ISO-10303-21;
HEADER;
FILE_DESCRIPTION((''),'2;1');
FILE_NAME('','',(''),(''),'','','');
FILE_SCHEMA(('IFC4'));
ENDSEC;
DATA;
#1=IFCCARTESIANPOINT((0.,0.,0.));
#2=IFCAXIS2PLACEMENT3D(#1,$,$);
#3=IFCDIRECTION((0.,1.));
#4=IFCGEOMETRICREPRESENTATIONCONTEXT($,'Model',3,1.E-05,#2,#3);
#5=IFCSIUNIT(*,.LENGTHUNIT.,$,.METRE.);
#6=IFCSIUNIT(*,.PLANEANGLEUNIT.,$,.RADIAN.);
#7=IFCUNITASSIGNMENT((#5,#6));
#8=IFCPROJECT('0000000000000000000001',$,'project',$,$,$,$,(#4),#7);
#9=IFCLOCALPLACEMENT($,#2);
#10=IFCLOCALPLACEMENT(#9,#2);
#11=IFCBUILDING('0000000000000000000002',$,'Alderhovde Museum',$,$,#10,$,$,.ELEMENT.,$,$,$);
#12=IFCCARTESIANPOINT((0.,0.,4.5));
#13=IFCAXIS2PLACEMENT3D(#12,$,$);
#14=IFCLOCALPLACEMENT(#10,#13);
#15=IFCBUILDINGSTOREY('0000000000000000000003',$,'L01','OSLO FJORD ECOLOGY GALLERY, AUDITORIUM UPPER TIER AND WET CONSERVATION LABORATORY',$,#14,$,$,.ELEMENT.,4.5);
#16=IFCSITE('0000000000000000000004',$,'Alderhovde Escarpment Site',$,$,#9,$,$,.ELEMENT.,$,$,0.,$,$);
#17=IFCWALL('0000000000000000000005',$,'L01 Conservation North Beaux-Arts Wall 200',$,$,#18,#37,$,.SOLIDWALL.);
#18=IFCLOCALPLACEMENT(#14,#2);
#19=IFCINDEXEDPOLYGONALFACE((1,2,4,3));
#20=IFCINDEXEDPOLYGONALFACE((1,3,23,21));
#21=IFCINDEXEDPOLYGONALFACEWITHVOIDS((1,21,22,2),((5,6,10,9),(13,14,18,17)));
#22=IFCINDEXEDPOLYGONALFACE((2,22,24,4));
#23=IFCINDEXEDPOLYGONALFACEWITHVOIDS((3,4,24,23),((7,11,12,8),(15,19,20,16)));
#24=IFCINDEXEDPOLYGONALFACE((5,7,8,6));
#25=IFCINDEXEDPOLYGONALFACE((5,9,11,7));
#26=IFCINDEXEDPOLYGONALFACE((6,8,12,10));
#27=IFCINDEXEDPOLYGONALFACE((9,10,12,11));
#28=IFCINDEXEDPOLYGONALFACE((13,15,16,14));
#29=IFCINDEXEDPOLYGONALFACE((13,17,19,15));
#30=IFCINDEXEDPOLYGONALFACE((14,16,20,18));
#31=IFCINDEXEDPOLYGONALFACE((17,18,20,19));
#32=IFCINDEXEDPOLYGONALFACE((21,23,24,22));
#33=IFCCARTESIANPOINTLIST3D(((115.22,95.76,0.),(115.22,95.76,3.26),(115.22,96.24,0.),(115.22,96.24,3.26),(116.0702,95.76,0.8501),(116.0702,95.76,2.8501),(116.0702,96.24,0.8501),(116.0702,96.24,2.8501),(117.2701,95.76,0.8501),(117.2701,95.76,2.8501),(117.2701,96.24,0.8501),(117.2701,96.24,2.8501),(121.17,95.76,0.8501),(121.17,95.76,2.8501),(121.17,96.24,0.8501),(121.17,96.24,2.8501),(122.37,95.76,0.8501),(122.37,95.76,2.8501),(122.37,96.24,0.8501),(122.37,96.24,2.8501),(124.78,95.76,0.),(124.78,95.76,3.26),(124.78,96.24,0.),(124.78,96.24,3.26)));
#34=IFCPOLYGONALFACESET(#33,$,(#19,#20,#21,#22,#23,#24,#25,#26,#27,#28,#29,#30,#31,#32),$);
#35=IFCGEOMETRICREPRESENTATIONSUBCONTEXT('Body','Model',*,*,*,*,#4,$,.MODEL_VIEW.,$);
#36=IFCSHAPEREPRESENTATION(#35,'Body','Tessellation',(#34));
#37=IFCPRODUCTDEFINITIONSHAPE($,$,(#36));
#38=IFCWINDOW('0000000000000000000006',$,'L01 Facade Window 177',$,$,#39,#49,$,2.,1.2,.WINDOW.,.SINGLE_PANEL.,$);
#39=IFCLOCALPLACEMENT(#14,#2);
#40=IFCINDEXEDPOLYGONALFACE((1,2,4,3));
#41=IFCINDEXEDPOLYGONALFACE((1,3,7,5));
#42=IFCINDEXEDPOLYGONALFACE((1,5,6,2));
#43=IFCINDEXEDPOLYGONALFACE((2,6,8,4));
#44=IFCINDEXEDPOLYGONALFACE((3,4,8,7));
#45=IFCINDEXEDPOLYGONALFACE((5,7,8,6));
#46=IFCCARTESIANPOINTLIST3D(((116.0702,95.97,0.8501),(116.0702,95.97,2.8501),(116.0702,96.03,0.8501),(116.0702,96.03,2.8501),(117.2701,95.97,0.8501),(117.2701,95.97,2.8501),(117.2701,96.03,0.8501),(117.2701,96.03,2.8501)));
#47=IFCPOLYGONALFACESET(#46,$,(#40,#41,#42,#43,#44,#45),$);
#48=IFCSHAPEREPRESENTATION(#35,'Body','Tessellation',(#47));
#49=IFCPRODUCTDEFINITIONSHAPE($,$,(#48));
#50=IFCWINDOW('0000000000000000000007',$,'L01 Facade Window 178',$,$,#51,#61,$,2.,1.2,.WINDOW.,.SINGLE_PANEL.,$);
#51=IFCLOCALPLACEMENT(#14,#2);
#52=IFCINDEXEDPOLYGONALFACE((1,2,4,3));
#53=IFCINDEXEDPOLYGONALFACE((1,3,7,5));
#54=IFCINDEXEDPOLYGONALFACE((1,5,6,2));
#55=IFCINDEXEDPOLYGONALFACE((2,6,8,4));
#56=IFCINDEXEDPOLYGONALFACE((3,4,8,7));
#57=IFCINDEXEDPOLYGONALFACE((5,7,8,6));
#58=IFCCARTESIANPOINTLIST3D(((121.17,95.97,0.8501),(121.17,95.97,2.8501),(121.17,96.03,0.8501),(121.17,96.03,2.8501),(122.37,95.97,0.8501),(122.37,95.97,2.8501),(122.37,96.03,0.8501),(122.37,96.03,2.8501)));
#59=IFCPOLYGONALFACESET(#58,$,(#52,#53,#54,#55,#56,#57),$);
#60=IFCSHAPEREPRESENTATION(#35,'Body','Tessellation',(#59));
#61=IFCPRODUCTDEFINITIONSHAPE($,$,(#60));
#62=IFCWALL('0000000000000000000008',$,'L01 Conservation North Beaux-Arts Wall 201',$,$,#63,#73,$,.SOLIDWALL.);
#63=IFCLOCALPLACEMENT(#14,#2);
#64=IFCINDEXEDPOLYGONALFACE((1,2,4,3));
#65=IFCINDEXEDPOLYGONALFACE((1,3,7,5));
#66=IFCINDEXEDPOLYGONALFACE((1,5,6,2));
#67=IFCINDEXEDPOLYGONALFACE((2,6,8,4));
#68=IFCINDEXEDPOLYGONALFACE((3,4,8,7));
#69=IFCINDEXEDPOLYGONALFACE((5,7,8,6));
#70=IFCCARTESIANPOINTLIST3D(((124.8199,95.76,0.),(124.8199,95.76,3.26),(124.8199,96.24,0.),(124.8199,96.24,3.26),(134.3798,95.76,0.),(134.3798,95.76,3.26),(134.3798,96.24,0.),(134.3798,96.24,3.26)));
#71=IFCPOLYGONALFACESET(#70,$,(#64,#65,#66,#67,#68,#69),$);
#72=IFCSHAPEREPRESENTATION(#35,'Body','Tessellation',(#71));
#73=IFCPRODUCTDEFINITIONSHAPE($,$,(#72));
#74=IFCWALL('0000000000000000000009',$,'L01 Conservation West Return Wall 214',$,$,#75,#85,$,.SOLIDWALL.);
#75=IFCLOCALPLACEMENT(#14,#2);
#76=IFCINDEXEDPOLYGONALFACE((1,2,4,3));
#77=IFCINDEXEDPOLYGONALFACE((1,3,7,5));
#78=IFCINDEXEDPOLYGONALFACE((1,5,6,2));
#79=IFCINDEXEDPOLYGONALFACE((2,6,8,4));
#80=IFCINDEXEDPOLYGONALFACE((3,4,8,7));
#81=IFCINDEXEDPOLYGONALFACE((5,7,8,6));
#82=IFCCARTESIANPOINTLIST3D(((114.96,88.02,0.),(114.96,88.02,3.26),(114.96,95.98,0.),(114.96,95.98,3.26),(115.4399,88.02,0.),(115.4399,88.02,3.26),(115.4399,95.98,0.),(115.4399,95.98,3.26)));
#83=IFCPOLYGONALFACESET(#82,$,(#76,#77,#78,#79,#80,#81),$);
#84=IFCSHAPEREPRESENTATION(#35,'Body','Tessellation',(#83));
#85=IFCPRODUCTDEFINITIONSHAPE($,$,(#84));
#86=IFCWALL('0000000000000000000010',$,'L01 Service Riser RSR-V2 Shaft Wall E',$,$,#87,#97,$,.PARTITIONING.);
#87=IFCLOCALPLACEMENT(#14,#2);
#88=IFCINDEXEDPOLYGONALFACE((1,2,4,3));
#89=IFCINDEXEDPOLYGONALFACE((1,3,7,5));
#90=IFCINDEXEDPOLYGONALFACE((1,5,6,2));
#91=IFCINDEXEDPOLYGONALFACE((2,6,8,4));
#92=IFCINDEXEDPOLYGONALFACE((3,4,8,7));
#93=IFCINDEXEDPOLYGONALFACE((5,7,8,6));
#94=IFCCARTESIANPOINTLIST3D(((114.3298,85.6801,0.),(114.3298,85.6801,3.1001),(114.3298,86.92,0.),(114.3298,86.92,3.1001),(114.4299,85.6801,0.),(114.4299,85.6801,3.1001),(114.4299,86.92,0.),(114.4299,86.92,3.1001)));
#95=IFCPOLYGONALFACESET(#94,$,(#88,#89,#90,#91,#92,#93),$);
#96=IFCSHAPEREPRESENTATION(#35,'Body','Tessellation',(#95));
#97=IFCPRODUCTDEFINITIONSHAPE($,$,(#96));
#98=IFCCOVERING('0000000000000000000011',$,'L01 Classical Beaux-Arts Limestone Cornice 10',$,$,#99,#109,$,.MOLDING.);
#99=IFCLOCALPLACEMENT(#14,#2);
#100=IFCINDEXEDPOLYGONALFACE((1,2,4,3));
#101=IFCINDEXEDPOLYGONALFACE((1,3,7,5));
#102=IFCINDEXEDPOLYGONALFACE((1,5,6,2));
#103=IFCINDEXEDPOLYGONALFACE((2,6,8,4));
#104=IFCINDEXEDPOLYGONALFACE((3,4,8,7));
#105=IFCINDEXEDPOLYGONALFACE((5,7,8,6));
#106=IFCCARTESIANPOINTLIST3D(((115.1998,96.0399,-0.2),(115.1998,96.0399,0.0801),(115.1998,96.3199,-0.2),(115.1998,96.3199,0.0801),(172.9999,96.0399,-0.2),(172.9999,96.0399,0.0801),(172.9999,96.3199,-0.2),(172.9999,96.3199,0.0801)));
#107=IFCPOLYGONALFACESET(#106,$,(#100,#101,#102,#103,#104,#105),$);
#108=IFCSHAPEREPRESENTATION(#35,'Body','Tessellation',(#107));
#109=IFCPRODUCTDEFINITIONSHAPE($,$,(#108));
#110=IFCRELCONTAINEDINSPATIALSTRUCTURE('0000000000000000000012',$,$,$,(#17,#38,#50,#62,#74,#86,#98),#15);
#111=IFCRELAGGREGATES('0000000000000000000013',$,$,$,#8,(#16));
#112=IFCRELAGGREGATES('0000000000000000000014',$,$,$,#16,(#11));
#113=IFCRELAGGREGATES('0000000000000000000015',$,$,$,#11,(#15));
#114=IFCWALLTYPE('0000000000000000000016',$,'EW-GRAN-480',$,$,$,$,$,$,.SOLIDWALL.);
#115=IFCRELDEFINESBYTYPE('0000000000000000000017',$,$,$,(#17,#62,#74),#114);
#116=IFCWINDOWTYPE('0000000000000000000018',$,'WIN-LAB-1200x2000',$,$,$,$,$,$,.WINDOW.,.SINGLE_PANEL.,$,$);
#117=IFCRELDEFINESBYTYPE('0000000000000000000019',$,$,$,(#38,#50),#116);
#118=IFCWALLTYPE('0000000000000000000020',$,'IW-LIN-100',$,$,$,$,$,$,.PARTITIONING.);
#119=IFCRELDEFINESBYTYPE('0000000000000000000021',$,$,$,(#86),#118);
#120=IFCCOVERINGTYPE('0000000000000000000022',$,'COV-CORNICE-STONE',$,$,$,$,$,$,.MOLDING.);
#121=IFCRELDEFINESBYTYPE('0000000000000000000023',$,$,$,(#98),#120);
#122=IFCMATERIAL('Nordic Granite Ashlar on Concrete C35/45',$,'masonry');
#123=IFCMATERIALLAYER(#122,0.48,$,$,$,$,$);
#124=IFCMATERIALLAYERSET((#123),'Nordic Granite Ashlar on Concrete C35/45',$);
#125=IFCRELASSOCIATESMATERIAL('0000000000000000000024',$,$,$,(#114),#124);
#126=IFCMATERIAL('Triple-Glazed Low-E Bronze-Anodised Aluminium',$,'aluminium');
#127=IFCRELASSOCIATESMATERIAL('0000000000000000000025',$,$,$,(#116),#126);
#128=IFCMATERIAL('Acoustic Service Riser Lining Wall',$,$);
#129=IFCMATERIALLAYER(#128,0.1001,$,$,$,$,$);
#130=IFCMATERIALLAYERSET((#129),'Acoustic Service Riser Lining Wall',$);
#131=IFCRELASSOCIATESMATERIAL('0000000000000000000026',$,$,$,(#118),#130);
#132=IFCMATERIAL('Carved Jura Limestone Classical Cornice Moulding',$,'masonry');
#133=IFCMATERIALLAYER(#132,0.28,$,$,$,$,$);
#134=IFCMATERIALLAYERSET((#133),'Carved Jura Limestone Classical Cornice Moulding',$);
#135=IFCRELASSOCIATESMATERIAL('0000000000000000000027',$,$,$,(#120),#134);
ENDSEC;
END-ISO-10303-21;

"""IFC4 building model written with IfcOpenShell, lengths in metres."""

from ifc_helpers import new_model, si_unit, direction, frame, frame_2d, origin, place, context, subcontext, project, spatial, rectangle, extrude, material, layer, layer_set, type_object, element, fill, save


model = new_model("IFC4")

# Units and contexts
model_context = context("Model", 3, precision=1e-05, world=origin(), true_north=direction((0.0, 1.0)))
body_context = subcontext(model_context, "Body", "Model", "MODEL_VIEW")
ifc_project = project(units=[si_unit("LENGTHUNIT", "METRE"), si_unit("PLANEANGLEUNIT", "RADIAN")], contexts=[model_context])

# Site, building, storey
site_placement = place(None, origin())
site = spatial("IfcSite", under=ifc_project, at=site_placement, Name="Alderhovde Escarpment Site", CompositionType="ELEMENT", RefElevation=0.0)
building_placement = place(site_placement, origin())
building = spatial("IfcBuilding", under=site, at=building_placement, Name="Alderhovde Museum", CompositionType="ELEMENT")
storey_placement = place(building_placement, frame((0.0, 0.0, 4.5)))
storey = spatial("IfcBuildingStorey", under=building, at=storey_placement, Name="L01", Description="OSLO FJORD ECOLOGY GALLERY, AUDITORIUM UPPER TIER AND WET CONSERVATION LABORATORY", CompositionType="ELEMENT", Elevation=4.5)

# Wall, openings, windows
ifc_material_1 = material(Name="Nordic Granite Ashlar on Concrete C35/45", Category="masonry")
ifc_layer_1 = layer(ifc_material_1, 0.48)
ifc_layer_set_1 = layer_set([ifc_layer_1], Name="Nordic Granite Ashlar on Concrete C35/45")
wall_type_1 = type_object("IfcWallType", Name="EW-GRAN-480", PredefinedType="SOLIDWALL", material=ifc_layer_set_1)
wall_1_placement = place(storey_placement, frame((115.22, 96.0, 0.0), z_axis=(0.0, 0.0, 1.0), x_axis=(1.0, 0.0, 0.0)))
wall_1 = element("IfcWall", 1, at=wall_1_placement, inside=storey, type_object=wall_type_1, Name="L01 Conservation North Beaux-Arts Wall 200", PredefinedType="SOLIDWALL", context=body_context, shape_type="SweptSolid", body=[
    extrude(rectangle(XDim=9.5601, YDim=0.48, at=frame_2d((4.78, 0.0))), origin(), (0.0, 0.0, 1.0), 3.26),
])
opening_1_placement = place(wall_1_placement, frame((0.8501, 0.0, 0.8501)))
opening_1 = element("IfcOpeningElement", 2, at=opening_1_placement, cuts=wall_1, PredefinedType="OPENING", context=body_context, shape_type="SweptSolid", body=[
    extrude(rectangle(XDim=1.2, YDim=2.0, at=frame_2d((0.6001, 1.0))), frame((0.0, 0.25, 0.0), z_axis=(0.0, -1.0, 0.0), x_axis=(1.0, 0.0, 0.0)), (0.0, 0.0, 1.0), 0.5),
])
opening_2_placement = place(wall_1_placement, frame((5.95, 0.0, 0.8501)))
opening_2 = element("IfcOpeningElement", 3, at=opening_2_placement, cuts=wall_1, PredefinedType="OPENING", context=body_context, shape_type="SweptSolid", body=[
    extrude(rectangle(XDim=1.2, YDim=2.0, at=frame_2d((0.6001, 1.0))), frame((0.0, 0.25, 0.0), z_axis=(0.0, -1.0, 0.0), x_axis=(1.0, 0.0, 0.0)), (0.0, 0.0, 1.0), 0.5),
])
ifc_material_2 = material(Name="Triple-Glazed Low-E Bronze-Anodised Aluminium", Category="aluminium")
window_type = type_object("IfcWindowType", Name="WIN-LAB-1200x2000", PartitioningType="SINGLE_PANEL", PredefinedType="WINDOW", material=ifc_material_2)
window_1_placement = place(opening_1_placement, origin())
window_1 = element("IfcWindow", 4, at=window_1_placement, inside=storey, type_object=window_type, Name="L01 Facade Window 177", OverallHeight=2.0, OverallWidth=1.2, PartitioningType="SINGLE_PANEL", PredefinedType="WINDOW", context=body_context, shape_type="SweptSolid", body=[
    extrude(rectangle(XDim=1.2, YDim=2.0, at=frame_2d((0.6001, 1.0))), frame((0.0, 0.03, 0.0), z_axis=(0.0, -1.0, 0.0), x_axis=(1.0, 0.0, 0.0)), (0.0, 0.0, 1.0), 0.0601),
])
fill(opening_1, window_1)
window_2_placement = place(opening_2_placement, origin())
window_2 = element("IfcWindow", 5, at=window_2_placement, inside=storey, type_object=window_type, Name="L01 Facade Window 178", OverallHeight=2.0, OverallWidth=1.2, PartitioningType="SINGLE_PANEL", PredefinedType="WINDOW", context=body_context, shape_type="SweptSolid", body=[
    extrude(rectangle(XDim=1.2, YDim=2.0, at=frame_2d((0.6001, 1.0))), frame((0.0, 0.03, 0.0), z_axis=(0.0, -1.0, 0.0), x_axis=(1.0, 0.0, 0.0)), (0.0, 0.0, 1.0), 0.0601),
])
fill(opening_2, window_2)

# Walls
wall_2_placement = place(storey_placement, frame((124.8201, 96.0, 0.0), z_axis=(0.0, 0.0, 1.0), x_axis=(1.0, 0.0, 0.0)))
element("IfcWall", 6, at=wall_2_placement, inside=storey, type_object=wall_type_1, Name="L01 Conservation North Beaux-Arts Wall 201", PredefinedType="SOLIDWALL", context=body_context, shape_type="SweptSolid", body=[
    extrude(rectangle(XDim=9.5598, YDim=0.48, at=frame_2d((4.7798, 0.0))), origin(), (0.0, 0.0, 1.0), 3.26),
])
wall_3_placement = place(storey_placement, frame((115.2, 88.02, 0.0), z_axis=(0.0, 0.0, 1.0), x_axis=(0.0, 1.0, 0.0)))
element("IfcWall", 7, at=wall_3_placement, inside=storey, type_object=wall_type_1, Name="L01 Conservation West Return Wall 214", PredefinedType="SOLIDWALL", context=body_context, shape_type="SweptSolid", body=[
    extrude(rectangle(XDim=7.96, YDim=0.48, at=frame_2d((3.98, 0.0))), origin(), (0.0, 0.0, 1.0), 3.26),
])
ifc_material_3 = material(Name="Acoustic Service Riser Lining Wall")
ifc_layer_2 = layer(ifc_material_3, 0.1001)
ifc_layer_set_2 = layer_set([ifc_layer_2], Name="Acoustic Service Riser Lining Wall")
wall_type_2 = type_object("IfcWallType", Name="IW-LIN-100", PredefinedType="PARTITIONING", material=ifc_layer_set_2)
wall_4_placement = place(storey_placement, frame((114.3799, 85.6799, 0.0), z_axis=(0.0, 0.0, 1.0), x_axis=(0.0, 1.0, 0.0)))
element("IfcWall", 8, at=wall_4_placement, inside=storey, type_object=wall_type_2, Name="L01 Service Riser RSR-V2 Shaft Wall E", PredefinedType="PARTITIONING", context=body_context, shape_type="SweptSolid", body=[
    extrude(rectangle(XDim=1.24, YDim=0.1001, at=frame_2d((0.6201, 0.0))), origin(), (0.0, 0.0, 1.0), 3.1001),
])

# Covering
ifc_material_4 = material(Name="Carved Jura Limestone Classical Cornice Moulding", Category="masonry")
ifc_layer_3 = layer(ifc_material_4, 0.28)
ifc_layer_set_3 = layer_set([ifc_layer_3], Name="Carved Jura Limestone Classical Cornice Moulding")
covering_type = type_object("IfcCoveringType", Name="COV-CORNICE-STONE", PredefinedType="MOLDING", material=ifc_layer_set_3)
covering_placement = place(storey_placement, frame((115.2, 96.1799, -0.2), z_axis=(0.0, 0.0, 1.0), x_axis=(1.0, 0.0, 0.0)))
element("IfcCovering", 9, at=covering_placement, inside=storey, type_object=covering_type, Name="L01 Classical Beaux-Arts Limestone Cornice 10", PredefinedType="MOLDING", context=body_context, shape_type="SweptSolid", body=[
    extrude(rectangle(XDim=57.8, YDim=0.28, at=frame_2d((28.8999, 0.0))), origin(), (0.0, 0.0, 1.0), 0.28),
])

save(model, "model.ifc")
